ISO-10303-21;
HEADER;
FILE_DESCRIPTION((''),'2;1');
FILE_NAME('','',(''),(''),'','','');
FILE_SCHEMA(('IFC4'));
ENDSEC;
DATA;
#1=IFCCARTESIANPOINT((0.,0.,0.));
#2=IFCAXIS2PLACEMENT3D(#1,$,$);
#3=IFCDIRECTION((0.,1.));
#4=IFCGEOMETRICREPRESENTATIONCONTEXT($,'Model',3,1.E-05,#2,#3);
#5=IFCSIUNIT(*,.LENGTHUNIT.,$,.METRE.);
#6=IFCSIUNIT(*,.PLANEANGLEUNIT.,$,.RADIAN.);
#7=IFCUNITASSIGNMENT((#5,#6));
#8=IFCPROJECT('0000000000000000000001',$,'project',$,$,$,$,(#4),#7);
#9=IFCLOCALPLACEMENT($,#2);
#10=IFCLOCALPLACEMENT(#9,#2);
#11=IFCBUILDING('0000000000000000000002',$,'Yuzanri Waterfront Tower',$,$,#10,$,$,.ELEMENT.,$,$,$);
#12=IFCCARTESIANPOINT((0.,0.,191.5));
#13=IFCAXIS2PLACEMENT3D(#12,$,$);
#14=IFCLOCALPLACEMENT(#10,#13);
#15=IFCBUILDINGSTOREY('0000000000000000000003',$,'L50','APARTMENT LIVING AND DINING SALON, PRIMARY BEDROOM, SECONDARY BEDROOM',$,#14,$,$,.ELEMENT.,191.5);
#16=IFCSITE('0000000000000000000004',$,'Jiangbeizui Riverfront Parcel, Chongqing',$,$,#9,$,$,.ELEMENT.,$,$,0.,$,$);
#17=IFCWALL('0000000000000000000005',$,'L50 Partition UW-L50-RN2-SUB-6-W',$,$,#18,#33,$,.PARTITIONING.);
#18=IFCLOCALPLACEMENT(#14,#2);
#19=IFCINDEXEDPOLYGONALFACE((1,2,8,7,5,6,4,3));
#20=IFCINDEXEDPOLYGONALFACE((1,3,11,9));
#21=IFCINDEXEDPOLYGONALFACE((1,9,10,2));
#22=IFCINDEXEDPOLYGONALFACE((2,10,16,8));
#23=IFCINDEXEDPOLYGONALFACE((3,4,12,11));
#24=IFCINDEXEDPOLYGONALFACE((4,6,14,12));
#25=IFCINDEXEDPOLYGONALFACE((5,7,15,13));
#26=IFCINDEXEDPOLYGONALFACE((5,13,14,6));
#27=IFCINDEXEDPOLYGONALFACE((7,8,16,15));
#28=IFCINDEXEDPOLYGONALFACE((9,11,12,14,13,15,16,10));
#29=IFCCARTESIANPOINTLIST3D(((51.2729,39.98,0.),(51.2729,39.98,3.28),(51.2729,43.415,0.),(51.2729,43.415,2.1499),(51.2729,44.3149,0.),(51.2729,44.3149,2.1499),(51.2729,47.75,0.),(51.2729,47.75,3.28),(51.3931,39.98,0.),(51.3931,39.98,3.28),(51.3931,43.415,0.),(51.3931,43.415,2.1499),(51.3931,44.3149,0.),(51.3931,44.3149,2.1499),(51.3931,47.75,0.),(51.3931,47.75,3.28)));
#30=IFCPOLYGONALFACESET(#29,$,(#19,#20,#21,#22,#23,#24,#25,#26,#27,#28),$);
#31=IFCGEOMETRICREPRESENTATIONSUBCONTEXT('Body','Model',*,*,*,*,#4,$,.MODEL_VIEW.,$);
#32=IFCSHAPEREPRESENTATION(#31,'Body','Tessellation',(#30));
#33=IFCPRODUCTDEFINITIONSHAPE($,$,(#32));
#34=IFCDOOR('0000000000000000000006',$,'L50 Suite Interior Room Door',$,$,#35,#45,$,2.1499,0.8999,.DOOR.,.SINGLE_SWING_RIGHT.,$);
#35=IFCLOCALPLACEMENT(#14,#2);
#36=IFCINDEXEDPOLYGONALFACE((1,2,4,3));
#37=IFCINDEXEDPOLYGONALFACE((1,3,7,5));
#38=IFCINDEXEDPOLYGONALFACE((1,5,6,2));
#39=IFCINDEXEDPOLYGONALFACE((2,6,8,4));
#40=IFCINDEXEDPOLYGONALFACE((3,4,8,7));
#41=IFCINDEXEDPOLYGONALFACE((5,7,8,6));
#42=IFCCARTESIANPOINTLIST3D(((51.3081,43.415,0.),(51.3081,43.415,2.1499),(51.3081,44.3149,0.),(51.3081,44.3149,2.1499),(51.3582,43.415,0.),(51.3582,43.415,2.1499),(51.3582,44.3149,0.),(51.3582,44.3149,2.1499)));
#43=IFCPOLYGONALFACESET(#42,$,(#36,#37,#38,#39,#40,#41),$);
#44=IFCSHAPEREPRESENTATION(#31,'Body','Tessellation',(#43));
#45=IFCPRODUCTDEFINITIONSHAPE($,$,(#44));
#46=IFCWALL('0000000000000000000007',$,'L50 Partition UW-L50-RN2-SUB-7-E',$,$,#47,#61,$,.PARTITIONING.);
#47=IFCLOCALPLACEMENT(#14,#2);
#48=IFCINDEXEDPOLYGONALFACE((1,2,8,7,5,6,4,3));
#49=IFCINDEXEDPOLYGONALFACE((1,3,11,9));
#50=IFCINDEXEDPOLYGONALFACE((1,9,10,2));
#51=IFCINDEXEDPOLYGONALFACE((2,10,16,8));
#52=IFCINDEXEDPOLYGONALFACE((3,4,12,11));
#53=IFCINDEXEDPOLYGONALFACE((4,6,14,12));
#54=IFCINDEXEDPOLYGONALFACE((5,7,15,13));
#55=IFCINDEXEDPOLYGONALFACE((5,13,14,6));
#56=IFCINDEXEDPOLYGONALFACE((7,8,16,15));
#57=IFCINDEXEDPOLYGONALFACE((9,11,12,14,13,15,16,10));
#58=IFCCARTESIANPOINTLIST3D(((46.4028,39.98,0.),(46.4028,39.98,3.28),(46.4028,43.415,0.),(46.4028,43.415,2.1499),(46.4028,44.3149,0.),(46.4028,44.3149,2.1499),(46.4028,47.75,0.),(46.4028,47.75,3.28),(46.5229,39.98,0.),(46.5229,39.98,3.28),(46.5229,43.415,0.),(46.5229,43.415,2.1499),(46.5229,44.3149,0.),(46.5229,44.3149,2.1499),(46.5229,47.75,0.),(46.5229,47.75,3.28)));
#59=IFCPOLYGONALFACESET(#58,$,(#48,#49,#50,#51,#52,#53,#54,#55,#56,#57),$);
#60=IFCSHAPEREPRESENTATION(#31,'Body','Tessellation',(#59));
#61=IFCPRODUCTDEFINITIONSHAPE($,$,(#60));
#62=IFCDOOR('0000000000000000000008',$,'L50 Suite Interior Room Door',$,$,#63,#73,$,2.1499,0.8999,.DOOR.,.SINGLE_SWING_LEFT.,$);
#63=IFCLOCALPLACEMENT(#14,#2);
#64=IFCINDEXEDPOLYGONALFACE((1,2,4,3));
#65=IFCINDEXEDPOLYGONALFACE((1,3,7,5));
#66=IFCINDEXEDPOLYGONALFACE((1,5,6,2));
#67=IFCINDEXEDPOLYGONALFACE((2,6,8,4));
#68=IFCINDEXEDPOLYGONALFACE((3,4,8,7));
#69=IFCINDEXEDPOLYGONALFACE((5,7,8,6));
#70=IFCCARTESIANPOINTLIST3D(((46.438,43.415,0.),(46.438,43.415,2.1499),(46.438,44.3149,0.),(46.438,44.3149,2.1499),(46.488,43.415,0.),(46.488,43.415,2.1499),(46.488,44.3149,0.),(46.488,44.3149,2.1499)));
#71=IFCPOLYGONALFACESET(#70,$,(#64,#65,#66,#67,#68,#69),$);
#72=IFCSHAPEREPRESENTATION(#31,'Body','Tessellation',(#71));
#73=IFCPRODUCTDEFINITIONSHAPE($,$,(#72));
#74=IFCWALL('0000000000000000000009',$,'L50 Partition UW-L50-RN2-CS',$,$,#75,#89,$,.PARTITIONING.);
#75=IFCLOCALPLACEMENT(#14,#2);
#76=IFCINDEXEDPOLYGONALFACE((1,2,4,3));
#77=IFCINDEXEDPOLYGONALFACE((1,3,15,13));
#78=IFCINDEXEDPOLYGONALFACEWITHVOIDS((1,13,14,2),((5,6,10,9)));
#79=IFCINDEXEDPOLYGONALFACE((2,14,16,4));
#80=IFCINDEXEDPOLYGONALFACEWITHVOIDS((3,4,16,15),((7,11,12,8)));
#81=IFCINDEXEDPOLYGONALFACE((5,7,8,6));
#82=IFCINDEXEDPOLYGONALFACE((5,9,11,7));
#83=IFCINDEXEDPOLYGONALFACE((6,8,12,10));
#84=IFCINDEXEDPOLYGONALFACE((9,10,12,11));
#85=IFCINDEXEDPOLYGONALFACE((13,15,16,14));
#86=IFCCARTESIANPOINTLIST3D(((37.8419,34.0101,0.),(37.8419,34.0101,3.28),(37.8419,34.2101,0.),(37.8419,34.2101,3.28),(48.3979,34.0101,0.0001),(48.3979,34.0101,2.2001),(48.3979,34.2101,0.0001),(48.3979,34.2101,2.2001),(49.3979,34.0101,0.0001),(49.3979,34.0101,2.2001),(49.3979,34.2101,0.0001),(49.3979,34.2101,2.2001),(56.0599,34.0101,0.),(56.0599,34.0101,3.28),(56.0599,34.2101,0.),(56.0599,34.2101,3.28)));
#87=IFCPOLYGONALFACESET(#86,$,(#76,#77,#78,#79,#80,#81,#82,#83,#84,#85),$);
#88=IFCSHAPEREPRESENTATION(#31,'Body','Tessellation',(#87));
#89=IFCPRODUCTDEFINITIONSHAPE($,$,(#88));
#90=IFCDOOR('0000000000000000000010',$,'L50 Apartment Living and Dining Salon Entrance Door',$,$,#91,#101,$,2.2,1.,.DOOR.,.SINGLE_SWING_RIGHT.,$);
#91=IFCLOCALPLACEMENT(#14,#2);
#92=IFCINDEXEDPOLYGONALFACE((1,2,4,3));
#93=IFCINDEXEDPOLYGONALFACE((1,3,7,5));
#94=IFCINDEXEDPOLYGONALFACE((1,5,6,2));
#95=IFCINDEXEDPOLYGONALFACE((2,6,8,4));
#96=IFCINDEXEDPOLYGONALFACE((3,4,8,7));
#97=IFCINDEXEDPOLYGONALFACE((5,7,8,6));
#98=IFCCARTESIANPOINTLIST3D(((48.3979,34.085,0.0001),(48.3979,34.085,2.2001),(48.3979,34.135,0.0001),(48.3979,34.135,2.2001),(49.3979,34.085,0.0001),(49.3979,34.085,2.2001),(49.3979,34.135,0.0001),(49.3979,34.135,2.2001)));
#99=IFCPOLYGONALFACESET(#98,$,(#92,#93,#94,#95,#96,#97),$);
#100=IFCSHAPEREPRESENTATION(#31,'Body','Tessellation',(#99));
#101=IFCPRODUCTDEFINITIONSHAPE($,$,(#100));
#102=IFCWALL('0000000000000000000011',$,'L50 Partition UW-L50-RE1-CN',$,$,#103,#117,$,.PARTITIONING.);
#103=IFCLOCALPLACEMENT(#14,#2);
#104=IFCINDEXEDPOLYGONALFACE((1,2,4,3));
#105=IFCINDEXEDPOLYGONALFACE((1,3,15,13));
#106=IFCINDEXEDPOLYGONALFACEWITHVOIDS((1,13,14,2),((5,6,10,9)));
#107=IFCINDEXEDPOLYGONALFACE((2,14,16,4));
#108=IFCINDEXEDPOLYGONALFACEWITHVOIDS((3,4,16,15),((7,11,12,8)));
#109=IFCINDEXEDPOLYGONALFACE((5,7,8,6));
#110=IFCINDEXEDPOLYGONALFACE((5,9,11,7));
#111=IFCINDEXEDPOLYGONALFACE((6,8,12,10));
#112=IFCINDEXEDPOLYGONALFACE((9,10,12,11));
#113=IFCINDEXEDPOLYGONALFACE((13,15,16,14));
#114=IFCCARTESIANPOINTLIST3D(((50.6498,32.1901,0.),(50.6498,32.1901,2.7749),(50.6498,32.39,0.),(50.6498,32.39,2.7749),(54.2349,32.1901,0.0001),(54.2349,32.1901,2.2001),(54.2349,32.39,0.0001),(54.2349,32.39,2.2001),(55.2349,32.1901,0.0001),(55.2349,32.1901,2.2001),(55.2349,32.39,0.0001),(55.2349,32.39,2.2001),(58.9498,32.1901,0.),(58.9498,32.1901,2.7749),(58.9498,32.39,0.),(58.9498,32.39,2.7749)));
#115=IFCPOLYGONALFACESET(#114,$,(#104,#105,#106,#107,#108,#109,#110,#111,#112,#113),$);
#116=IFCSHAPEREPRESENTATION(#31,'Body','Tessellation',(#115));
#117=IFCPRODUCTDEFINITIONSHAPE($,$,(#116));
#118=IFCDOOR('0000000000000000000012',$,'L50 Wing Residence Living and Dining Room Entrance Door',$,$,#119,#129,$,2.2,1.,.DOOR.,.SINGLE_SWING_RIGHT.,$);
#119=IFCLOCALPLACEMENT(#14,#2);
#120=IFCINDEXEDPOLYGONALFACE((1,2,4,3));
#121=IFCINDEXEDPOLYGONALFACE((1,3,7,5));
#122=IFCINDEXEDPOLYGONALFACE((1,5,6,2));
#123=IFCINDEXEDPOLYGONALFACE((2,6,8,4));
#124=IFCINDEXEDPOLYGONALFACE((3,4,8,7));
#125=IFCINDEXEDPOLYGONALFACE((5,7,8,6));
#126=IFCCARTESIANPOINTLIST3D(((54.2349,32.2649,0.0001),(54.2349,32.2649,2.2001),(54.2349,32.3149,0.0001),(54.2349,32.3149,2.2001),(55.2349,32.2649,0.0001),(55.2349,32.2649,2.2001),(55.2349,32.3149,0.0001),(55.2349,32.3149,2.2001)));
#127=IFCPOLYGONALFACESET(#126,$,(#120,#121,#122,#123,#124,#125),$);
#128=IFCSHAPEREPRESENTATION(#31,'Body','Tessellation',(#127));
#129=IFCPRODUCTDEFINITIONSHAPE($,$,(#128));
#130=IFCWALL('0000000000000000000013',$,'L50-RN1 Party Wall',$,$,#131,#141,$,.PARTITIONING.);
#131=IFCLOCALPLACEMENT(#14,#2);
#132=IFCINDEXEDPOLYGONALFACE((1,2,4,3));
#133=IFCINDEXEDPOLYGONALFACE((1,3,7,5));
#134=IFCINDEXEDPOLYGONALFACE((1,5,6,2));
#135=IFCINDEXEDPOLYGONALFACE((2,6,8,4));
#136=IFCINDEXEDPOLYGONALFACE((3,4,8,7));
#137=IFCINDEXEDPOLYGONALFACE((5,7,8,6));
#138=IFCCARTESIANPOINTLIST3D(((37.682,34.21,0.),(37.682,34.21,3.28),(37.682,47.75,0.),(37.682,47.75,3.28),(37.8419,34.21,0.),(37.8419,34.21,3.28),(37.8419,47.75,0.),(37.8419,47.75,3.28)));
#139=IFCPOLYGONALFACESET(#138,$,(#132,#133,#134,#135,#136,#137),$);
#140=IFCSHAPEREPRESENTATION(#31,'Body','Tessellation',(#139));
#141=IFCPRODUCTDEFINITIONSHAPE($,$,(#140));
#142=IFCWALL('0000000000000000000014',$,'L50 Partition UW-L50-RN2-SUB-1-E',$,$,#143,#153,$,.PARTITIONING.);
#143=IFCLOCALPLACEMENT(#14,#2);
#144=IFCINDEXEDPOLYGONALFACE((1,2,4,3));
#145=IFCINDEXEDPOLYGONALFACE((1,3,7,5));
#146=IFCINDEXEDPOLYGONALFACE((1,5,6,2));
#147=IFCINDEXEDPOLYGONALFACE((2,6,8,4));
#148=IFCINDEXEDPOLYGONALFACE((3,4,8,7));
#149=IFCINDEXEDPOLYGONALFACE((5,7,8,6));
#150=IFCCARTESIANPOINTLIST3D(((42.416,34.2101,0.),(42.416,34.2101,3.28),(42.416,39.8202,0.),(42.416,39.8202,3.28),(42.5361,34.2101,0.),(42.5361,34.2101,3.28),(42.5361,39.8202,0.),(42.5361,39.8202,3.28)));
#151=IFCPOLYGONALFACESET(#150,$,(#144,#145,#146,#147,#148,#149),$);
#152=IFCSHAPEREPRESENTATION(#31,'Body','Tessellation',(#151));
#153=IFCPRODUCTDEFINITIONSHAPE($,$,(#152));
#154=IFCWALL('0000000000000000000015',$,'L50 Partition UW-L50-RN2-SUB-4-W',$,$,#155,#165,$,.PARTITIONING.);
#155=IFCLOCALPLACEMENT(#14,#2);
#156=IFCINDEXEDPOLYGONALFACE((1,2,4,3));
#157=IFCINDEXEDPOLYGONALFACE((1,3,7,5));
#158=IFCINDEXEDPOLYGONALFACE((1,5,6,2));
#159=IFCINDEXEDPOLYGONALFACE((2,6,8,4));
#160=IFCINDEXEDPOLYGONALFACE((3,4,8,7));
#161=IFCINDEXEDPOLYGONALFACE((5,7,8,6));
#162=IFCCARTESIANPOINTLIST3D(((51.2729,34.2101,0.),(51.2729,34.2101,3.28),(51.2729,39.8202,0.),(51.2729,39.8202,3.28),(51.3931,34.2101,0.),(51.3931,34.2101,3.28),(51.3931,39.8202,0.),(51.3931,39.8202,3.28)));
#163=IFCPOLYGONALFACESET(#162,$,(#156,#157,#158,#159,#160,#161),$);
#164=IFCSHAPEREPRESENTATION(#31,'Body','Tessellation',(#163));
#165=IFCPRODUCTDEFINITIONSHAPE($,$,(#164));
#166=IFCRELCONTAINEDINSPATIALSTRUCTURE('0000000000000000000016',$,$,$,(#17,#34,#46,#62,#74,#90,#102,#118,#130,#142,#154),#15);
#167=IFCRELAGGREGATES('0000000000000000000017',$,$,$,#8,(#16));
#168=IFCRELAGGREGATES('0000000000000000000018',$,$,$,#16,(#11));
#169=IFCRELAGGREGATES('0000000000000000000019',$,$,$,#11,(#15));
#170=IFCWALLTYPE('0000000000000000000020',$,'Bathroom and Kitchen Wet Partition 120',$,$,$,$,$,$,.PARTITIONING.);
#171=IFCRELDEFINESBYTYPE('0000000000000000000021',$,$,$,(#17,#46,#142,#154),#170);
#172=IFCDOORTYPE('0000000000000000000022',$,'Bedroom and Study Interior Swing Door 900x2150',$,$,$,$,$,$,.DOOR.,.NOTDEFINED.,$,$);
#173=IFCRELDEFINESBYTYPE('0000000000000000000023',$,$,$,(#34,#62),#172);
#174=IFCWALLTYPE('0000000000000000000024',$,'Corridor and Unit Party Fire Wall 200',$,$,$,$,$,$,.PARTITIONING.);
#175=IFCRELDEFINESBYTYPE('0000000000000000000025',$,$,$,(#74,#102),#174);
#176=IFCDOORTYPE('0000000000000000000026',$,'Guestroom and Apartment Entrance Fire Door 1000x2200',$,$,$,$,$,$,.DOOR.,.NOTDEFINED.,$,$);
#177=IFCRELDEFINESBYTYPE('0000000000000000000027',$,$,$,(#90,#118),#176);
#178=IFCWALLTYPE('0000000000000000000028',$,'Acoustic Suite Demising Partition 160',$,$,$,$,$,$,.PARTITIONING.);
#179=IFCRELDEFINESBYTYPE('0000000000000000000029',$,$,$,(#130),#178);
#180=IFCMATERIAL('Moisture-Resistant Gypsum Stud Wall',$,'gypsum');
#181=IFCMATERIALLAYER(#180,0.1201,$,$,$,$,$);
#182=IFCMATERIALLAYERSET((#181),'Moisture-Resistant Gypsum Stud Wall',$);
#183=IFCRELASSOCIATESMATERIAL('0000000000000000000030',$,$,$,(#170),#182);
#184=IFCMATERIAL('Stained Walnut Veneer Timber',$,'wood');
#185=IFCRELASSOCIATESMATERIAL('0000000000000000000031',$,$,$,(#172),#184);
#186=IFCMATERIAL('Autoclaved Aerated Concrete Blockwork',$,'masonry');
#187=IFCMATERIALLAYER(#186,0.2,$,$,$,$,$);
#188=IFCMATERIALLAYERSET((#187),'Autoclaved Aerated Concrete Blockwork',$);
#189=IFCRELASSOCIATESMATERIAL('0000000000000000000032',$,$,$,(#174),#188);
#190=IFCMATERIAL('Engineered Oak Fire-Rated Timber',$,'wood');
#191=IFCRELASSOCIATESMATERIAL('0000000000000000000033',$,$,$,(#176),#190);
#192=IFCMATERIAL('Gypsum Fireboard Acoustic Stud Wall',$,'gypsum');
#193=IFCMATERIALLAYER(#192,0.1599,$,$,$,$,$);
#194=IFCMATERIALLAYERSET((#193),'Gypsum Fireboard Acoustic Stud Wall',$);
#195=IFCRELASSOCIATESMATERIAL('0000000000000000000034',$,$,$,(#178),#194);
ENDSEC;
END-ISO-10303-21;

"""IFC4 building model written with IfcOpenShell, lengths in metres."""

from ifc_helpers import new_model, si_unit, direction, frame, frame_2d, origin, place, context, subcontext, project, spatial, rectangle, extrude, source, transform, mapped, material, layer, layer_set, type_object, element, fill, save


model = new_model("IFC4")

# Units and contexts
model_context = context("Model", 3, precision=1e-05, world=origin(), true_north=direction((0.0, 1.0)))
body_context = subcontext(model_context, "Body", "Model", "MODEL_VIEW")
ifc_project = project(units=[si_unit("LENGTHUNIT", "METRE"), si_unit("PLANEANGLEUNIT", "RADIAN")], contexts=[model_context])

# Site, building, storey
site_placement = place(None, origin())
site = spatial("IfcSite", under=ifc_project, at=site_placement, Name="Jiangbeizui Riverfront Parcel, Chongqing", CompositionType="ELEMENT", RefElevation=0.0)
building_placement = place(site_placement, origin())
building = spatial("IfcBuilding", under=site, at=building_placement, Name="Yuzanri Waterfront Tower", CompositionType="ELEMENT")
storey_placement = place(building_placement, frame((0.0, 0.0, 191.5)))
storey = spatial("IfcBuildingStorey", under=building, at=storey_placement, Name="L50", Description="APARTMENT LIVING AND DINING SALON, PRIMARY BEDROOM, SECONDARY BEDROOM", CompositionType="ELEMENT", Elevation=191.5)

# Shared definitions
ifc_material_1 = material(Name="Moisture-Resistant Gypsum Stud Wall", Category="gypsum")
ifc_layer_1 = layer(ifc_material_1, 0.1201)
ifc_layer_set_1 = layer_set([ifc_layer_1], Name="Moisture-Resistant Gypsum Stud Wall")
wall_type_1 = type_object("IfcWallType", Name="Bathroom and Kitchen Wet Partition 120", PredefinedType="PARTITIONING", material=ifc_layer_set_1)
ifc_material_2 = material(Name="Stained Walnut Veneer Timber", Category="wood")
door_type_1 = type_object("IfcDoorType", Name="Bedroom and Study Interior Swing Door 900x2150", OperationType="NOTDEFINED", PredefinedType="DOOR", material=ifc_material_2)
shared_shape_1 = source(origin(), body_context, "Body", "SweptSolid", [
    extrude(rectangle(XDim=0.8999, YDim=2.1499, at=frame_2d((0.45, 1.075))), frame((0.0, 0.0249, 0.0), z_axis=(0.0, -1.0, 0.0), x_axis=(1.0, 0.0, 0.0)), (0.0, 0.0, 1.0), 0.05),
])

# Walls, openings, doors
wall_1_placement = place(storey_placement, frame((51.333, 39.98, 0.0), z_axis=(0.0, 0.0, 1.0), x_axis=(0.0, 1.0, 0.0)))
wall_1 = element("IfcWall", 1, at=wall_1_placement, inside=storey, type_object=wall_type_1, Name="L50 Partition UW-L50-RN2-SUB-6-W", PredefinedType="PARTITIONING", context=body_context, shape_type="SweptSolid", body=[
    extrude(rectangle(XDim=7.77, YDim=0.1201, at=frame_2d((3.885, 0.0))), origin(), (0.0, 0.0, 1.0), 3.28),
])
opening_1_placement = place(wall_1_placement, frame((3.4351, 0.0, 0.0)))
opening_1 = element("IfcOpeningElement", 2, at=opening_1_placement, cuts=wall_1, PredefinedType="OPENING", context=body_context, shape_type="SweptSolid", body=[
    extrude(rectangle(XDim=0.8999, YDim=2.1499, at=frame_2d((0.45, 1.075))), frame((0.0, 0.075, 0.0), z_axis=(0.0, -1.0, 0.0), x_axis=(1.0, 0.0, 0.0)), (0.0, 0.0, 1.0), 0.1499),
])
door_1_placement = place(opening_1_placement, origin())
door_1 = element("IfcDoor", 3, at=door_1_placement, inside=storey, type_object=door_type_1, Name="L50 Suite Interior Room Door", OperationType="SINGLE_SWING_RIGHT", OverallHeight=2.1499, OverallWidth=0.8999, PredefinedType="DOOR", context=body_context, shape_type="MappedRepresentation", body=[
    mapped(shared_shape_1, transform((0.0, 0.0, 0.0), scale=1.0)),
])
fill(opening_1, door_1)
wall_2_placement = place(storey_placement, frame((46.4629, 39.98, 0.0), z_axis=(0.0, 0.0, 1.0), x_axis=(0.0, 1.0, 0.0)))
wall_2 = element("IfcWall", 4, at=wall_2_placement, inside=storey, type_object=wall_type_1, Name="L50 Partition UW-L50-RN2-SUB-7-E", PredefinedType="PARTITIONING", context=body_context, shape_type="SweptSolid", body=[
    extrude(rectangle(XDim=7.77, YDim=0.1201, at=frame_2d((3.885, 0.0))), origin(), (0.0, 0.0, 1.0), 3.28),
])
opening_2_placement = place(wall_2_placement, frame((3.4351, 0.0, 0.0)))
opening_2 = element("IfcOpeningElement", 5, at=opening_2_placement, cuts=wall_2, PredefinedType="OPENING", context=body_context, shape_type="SweptSolid", body=[
    extrude(rectangle(XDim=0.8999, YDim=2.1499, at=frame_2d((0.45, 1.075))), frame((0.0, 0.075, 0.0), z_axis=(0.0, -1.0, 0.0), x_axis=(1.0, 0.0, 0.0)), (0.0, 0.0, 1.0), 0.1499),
])
door_2_placement = place(opening_2_placement, origin())
door_2 = element("IfcDoor", 6, at=door_2_placement, inside=storey, type_object=door_type_1, Name="L50 Suite Interior Room Door", OperationType="SINGLE_SWING_LEFT", OverallHeight=2.1499, OverallWidth=0.8999, PredefinedType="DOOR", context=body_context, shape_type="MappedRepresentation", body=[
    mapped(shared_shape_1, transform((0.0, 0.0, 0.0), scale=1.0)),
])
fill(opening_2, door_2)
ifc_material_3 = material(Name="Autoclaved Aerated Concrete Blockwork", Category="masonry")
ifc_layer_2 = layer(ifc_material_3, 0.2)
ifc_layer_set_2 = layer_set([ifc_layer_2], Name="Autoclaved Aerated Concrete Blockwork")
wall_type_2 = type_object("IfcWallType", Name="Corridor and Unit Party Fire Wall 200", PredefinedType="PARTITIONING", material=ifc_layer_set_2)
wall_3_placement = place(storey_placement, frame((37.842, 34.1101, 0.0), z_axis=(0.0, 0.0, 1.0), x_axis=(1.0, 0.0, 0.0)))
wall_3 = element("IfcWall", 7, at=wall_3_placement, inside=storey, type_object=wall_type_2, Name="L50 Partition UW-L50-RN2-CS", PredefinedType="PARTITIONING", context=body_context, shape_type="SweptSolid", body=[
    extrude(rectangle(XDim=18.218, YDim=0.2, at=frame_2d((9.1089, 0.0))), origin(), (0.0, 0.0, 1.0), 3.28),
])
opening_3_placement = place(wall_3_placement, frame((10.5559, 0.0, 0.0)))
opening_3 = element("IfcOpeningElement", 8, at=opening_3_placement, cuts=wall_3, PredefinedType="OPENING", context=body_context, shape_type="SweptSolid", body=[
    extrude(rectangle(XDim=1.0, YDim=2.2, at=frame_2d((0.5, 1.1001))), frame((0.0, 0.1147, 0.0), z_axis=(0.0, -1.0, 0.0), x_axis=(1.0, 0.0, 0.0)), (0.0, 0.0, 1.0), 0.2297),
])
ifc_material_4 = material(Name="Engineered Oak Fire-Rated Timber", Category="wood")
door_type_2 = type_object("IfcDoorType", Name="Guestroom and Apartment Entrance Fire Door 1000x2200", OperationType="NOTDEFINED", PredefinedType="DOOR", material=ifc_material_4)
shared_shape_2 = source(origin(), body_context, "Body", "SweptSolid", [
    extrude(rectangle(XDim=1.0, YDim=2.2, at=frame_2d((0.5, 1.1001))), frame((0.0, 0.0249, 0.0), z_axis=(0.0, -1.0, 0.0), x_axis=(1.0, 0.0, 0.0)), (0.0, 0.0, 1.0), 0.05),
])
door_3_placement = place(opening_3_placement, origin())
door_3 = element("IfcDoor", 9, at=door_3_placement, inside=storey, type_object=door_type_2, Name="L50 Apartment Living and Dining Salon Entrance Door", OperationType="SINGLE_SWING_RIGHT", OverallHeight=2.2, OverallWidth=1.0, PredefinedType="DOOR", context=body_context, shape_type="MappedRepresentation", body=[
    mapped(shared_shape_2, transform((0.0, 0.0, 0.0), scale=1.0)),
])
fill(opening_3, door_3)
wall_4_placement = place(storey_placement, frame((50.6499, 32.29, 0.0), z_axis=(0.0, 0.0, 1.0), x_axis=(1.0, 0.0, 0.0)))
wall_4 = element("IfcWall", 10, at=wall_4_placement, inside=storey, type_object=wall_type_2, Name="L50 Partition UW-L50-RE1-CN", PredefinedType="PARTITIONING", context=body_context, shape_type="SweptSolid", body=[
    extrude(rectangle(XDim=8.3, YDim=0.2, at=frame_2d((4.1499, 0.0))), origin(), (0.0, 0.0, 1.0), 2.7749),
])
opening_4_placement = place(wall_4_placement, frame((3.585, 0.0, 0.0)))
opening_4 = element("IfcOpeningElement", 11, at=opening_4_placement, cuts=wall_4, PredefinedType="OPENING", context=body_context, shape_type="SweptSolid", body=[
    extrude(rectangle(XDim=1.0, YDim=2.2, at=frame_2d((0.5, 1.1001))), frame((0.0, 0.1147, 0.0), z_axis=(0.0, -1.0, 0.0), x_axis=(1.0, 0.0, 0.0)), (0.0, 0.0, 1.0), 0.2297),
])
door_4_placement = place(opening_4_placement, origin())
door_4 = element("IfcDoor", 12, at=door_4_placement, inside=storey, type_object=door_type_2, Name="L50 Wing Residence Living and Dining Room Entrance Door", OperationType="SINGLE_SWING_RIGHT", OverallHeight=2.2, OverallWidth=1.0, PredefinedType="DOOR", context=body_context, shape_type="MappedRepresentation", body=[
    mapped(shared_shape_2, transform((0.0, 0.0, 0.0), scale=1.0)),
])
fill(opening_4, door_4)

# Walls
ifc_material_5 = material(Name="Gypsum Fireboard Acoustic Stud Wall", Category="gypsum")
ifc_layer_3 = layer(ifc_material_5, 0.1599)
ifc_layer_set_3 = layer_set([ifc_layer_3], Name="Gypsum Fireboard Acoustic Stud Wall")
wall_type_3 = type_object("IfcWallType", Name="Acoustic Suite Demising Partition 160", PredefinedType="PARTITIONING", material=ifc_layer_set_3)
shared_shape_3 = source(origin(), body_context, "Body", "SweptSolid", [
    extrude(rectangle(XDim=13.54, YDim=0.1599, at=frame_2d((6.77, 0.0))), origin(), (0.0, 0.0, 1.0), 3.28),
])
wall_5_placement = place(storey_placement, frame((37.762, 34.21, 0.0), z_axis=(0.0, 0.0, 1.0), x_axis=(0.0, 1.0, 0.0)))
element("IfcWall", 13, at=wall_5_placement, inside=storey, type_object=wall_type_3, Name="L50-RN1 Party Wall", PredefinedType="PARTITIONING", context=body_context, shape_type="MappedRepresentation", body=[
    mapped(shared_shape_3, transform((0.0, 0.0, 0.0), scale=1.0)),
])
shared_shape_4 = source(origin(), body_context, "Body", "SweptSolid", [
    extrude(rectangle(XDim=5.6101, YDim=0.1201, at=frame_2d((2.8052, 0.0))), origin(), (0.0, 0.0, 1.0), 3.28),
])
for number, where, z_axis, x_axis, name in (
    (14, (42.4761, 34.21, 0.0), (0.0, 0.0, 1.0), (0.0, 1.0, 0.0), "L50 Partition UW-L50-RN2-SUB-1-E"),
    (15, (51.333, 34.21, 0.0), (0.0, 0.0, 1.0), (0.0, 1.0, 0.0), "L50 Partition UW-L50-RN2-SUB-4-W"),
):
    element("IfcWall", number, at=place(storey_placement, frame(where, z_axis=z_axis, x_axis=x_axis)), inside=storey, type_object=wall_type_1, Name=name, PredefinedType="PARTITIONING", context=body_context, shape_type="MappedRepresentation", body=[
        mapped(shared_shape_4, transform((0.0, 0.0, 0.0), scale=1.0)),
    ])

save(model, "model.ifc")
